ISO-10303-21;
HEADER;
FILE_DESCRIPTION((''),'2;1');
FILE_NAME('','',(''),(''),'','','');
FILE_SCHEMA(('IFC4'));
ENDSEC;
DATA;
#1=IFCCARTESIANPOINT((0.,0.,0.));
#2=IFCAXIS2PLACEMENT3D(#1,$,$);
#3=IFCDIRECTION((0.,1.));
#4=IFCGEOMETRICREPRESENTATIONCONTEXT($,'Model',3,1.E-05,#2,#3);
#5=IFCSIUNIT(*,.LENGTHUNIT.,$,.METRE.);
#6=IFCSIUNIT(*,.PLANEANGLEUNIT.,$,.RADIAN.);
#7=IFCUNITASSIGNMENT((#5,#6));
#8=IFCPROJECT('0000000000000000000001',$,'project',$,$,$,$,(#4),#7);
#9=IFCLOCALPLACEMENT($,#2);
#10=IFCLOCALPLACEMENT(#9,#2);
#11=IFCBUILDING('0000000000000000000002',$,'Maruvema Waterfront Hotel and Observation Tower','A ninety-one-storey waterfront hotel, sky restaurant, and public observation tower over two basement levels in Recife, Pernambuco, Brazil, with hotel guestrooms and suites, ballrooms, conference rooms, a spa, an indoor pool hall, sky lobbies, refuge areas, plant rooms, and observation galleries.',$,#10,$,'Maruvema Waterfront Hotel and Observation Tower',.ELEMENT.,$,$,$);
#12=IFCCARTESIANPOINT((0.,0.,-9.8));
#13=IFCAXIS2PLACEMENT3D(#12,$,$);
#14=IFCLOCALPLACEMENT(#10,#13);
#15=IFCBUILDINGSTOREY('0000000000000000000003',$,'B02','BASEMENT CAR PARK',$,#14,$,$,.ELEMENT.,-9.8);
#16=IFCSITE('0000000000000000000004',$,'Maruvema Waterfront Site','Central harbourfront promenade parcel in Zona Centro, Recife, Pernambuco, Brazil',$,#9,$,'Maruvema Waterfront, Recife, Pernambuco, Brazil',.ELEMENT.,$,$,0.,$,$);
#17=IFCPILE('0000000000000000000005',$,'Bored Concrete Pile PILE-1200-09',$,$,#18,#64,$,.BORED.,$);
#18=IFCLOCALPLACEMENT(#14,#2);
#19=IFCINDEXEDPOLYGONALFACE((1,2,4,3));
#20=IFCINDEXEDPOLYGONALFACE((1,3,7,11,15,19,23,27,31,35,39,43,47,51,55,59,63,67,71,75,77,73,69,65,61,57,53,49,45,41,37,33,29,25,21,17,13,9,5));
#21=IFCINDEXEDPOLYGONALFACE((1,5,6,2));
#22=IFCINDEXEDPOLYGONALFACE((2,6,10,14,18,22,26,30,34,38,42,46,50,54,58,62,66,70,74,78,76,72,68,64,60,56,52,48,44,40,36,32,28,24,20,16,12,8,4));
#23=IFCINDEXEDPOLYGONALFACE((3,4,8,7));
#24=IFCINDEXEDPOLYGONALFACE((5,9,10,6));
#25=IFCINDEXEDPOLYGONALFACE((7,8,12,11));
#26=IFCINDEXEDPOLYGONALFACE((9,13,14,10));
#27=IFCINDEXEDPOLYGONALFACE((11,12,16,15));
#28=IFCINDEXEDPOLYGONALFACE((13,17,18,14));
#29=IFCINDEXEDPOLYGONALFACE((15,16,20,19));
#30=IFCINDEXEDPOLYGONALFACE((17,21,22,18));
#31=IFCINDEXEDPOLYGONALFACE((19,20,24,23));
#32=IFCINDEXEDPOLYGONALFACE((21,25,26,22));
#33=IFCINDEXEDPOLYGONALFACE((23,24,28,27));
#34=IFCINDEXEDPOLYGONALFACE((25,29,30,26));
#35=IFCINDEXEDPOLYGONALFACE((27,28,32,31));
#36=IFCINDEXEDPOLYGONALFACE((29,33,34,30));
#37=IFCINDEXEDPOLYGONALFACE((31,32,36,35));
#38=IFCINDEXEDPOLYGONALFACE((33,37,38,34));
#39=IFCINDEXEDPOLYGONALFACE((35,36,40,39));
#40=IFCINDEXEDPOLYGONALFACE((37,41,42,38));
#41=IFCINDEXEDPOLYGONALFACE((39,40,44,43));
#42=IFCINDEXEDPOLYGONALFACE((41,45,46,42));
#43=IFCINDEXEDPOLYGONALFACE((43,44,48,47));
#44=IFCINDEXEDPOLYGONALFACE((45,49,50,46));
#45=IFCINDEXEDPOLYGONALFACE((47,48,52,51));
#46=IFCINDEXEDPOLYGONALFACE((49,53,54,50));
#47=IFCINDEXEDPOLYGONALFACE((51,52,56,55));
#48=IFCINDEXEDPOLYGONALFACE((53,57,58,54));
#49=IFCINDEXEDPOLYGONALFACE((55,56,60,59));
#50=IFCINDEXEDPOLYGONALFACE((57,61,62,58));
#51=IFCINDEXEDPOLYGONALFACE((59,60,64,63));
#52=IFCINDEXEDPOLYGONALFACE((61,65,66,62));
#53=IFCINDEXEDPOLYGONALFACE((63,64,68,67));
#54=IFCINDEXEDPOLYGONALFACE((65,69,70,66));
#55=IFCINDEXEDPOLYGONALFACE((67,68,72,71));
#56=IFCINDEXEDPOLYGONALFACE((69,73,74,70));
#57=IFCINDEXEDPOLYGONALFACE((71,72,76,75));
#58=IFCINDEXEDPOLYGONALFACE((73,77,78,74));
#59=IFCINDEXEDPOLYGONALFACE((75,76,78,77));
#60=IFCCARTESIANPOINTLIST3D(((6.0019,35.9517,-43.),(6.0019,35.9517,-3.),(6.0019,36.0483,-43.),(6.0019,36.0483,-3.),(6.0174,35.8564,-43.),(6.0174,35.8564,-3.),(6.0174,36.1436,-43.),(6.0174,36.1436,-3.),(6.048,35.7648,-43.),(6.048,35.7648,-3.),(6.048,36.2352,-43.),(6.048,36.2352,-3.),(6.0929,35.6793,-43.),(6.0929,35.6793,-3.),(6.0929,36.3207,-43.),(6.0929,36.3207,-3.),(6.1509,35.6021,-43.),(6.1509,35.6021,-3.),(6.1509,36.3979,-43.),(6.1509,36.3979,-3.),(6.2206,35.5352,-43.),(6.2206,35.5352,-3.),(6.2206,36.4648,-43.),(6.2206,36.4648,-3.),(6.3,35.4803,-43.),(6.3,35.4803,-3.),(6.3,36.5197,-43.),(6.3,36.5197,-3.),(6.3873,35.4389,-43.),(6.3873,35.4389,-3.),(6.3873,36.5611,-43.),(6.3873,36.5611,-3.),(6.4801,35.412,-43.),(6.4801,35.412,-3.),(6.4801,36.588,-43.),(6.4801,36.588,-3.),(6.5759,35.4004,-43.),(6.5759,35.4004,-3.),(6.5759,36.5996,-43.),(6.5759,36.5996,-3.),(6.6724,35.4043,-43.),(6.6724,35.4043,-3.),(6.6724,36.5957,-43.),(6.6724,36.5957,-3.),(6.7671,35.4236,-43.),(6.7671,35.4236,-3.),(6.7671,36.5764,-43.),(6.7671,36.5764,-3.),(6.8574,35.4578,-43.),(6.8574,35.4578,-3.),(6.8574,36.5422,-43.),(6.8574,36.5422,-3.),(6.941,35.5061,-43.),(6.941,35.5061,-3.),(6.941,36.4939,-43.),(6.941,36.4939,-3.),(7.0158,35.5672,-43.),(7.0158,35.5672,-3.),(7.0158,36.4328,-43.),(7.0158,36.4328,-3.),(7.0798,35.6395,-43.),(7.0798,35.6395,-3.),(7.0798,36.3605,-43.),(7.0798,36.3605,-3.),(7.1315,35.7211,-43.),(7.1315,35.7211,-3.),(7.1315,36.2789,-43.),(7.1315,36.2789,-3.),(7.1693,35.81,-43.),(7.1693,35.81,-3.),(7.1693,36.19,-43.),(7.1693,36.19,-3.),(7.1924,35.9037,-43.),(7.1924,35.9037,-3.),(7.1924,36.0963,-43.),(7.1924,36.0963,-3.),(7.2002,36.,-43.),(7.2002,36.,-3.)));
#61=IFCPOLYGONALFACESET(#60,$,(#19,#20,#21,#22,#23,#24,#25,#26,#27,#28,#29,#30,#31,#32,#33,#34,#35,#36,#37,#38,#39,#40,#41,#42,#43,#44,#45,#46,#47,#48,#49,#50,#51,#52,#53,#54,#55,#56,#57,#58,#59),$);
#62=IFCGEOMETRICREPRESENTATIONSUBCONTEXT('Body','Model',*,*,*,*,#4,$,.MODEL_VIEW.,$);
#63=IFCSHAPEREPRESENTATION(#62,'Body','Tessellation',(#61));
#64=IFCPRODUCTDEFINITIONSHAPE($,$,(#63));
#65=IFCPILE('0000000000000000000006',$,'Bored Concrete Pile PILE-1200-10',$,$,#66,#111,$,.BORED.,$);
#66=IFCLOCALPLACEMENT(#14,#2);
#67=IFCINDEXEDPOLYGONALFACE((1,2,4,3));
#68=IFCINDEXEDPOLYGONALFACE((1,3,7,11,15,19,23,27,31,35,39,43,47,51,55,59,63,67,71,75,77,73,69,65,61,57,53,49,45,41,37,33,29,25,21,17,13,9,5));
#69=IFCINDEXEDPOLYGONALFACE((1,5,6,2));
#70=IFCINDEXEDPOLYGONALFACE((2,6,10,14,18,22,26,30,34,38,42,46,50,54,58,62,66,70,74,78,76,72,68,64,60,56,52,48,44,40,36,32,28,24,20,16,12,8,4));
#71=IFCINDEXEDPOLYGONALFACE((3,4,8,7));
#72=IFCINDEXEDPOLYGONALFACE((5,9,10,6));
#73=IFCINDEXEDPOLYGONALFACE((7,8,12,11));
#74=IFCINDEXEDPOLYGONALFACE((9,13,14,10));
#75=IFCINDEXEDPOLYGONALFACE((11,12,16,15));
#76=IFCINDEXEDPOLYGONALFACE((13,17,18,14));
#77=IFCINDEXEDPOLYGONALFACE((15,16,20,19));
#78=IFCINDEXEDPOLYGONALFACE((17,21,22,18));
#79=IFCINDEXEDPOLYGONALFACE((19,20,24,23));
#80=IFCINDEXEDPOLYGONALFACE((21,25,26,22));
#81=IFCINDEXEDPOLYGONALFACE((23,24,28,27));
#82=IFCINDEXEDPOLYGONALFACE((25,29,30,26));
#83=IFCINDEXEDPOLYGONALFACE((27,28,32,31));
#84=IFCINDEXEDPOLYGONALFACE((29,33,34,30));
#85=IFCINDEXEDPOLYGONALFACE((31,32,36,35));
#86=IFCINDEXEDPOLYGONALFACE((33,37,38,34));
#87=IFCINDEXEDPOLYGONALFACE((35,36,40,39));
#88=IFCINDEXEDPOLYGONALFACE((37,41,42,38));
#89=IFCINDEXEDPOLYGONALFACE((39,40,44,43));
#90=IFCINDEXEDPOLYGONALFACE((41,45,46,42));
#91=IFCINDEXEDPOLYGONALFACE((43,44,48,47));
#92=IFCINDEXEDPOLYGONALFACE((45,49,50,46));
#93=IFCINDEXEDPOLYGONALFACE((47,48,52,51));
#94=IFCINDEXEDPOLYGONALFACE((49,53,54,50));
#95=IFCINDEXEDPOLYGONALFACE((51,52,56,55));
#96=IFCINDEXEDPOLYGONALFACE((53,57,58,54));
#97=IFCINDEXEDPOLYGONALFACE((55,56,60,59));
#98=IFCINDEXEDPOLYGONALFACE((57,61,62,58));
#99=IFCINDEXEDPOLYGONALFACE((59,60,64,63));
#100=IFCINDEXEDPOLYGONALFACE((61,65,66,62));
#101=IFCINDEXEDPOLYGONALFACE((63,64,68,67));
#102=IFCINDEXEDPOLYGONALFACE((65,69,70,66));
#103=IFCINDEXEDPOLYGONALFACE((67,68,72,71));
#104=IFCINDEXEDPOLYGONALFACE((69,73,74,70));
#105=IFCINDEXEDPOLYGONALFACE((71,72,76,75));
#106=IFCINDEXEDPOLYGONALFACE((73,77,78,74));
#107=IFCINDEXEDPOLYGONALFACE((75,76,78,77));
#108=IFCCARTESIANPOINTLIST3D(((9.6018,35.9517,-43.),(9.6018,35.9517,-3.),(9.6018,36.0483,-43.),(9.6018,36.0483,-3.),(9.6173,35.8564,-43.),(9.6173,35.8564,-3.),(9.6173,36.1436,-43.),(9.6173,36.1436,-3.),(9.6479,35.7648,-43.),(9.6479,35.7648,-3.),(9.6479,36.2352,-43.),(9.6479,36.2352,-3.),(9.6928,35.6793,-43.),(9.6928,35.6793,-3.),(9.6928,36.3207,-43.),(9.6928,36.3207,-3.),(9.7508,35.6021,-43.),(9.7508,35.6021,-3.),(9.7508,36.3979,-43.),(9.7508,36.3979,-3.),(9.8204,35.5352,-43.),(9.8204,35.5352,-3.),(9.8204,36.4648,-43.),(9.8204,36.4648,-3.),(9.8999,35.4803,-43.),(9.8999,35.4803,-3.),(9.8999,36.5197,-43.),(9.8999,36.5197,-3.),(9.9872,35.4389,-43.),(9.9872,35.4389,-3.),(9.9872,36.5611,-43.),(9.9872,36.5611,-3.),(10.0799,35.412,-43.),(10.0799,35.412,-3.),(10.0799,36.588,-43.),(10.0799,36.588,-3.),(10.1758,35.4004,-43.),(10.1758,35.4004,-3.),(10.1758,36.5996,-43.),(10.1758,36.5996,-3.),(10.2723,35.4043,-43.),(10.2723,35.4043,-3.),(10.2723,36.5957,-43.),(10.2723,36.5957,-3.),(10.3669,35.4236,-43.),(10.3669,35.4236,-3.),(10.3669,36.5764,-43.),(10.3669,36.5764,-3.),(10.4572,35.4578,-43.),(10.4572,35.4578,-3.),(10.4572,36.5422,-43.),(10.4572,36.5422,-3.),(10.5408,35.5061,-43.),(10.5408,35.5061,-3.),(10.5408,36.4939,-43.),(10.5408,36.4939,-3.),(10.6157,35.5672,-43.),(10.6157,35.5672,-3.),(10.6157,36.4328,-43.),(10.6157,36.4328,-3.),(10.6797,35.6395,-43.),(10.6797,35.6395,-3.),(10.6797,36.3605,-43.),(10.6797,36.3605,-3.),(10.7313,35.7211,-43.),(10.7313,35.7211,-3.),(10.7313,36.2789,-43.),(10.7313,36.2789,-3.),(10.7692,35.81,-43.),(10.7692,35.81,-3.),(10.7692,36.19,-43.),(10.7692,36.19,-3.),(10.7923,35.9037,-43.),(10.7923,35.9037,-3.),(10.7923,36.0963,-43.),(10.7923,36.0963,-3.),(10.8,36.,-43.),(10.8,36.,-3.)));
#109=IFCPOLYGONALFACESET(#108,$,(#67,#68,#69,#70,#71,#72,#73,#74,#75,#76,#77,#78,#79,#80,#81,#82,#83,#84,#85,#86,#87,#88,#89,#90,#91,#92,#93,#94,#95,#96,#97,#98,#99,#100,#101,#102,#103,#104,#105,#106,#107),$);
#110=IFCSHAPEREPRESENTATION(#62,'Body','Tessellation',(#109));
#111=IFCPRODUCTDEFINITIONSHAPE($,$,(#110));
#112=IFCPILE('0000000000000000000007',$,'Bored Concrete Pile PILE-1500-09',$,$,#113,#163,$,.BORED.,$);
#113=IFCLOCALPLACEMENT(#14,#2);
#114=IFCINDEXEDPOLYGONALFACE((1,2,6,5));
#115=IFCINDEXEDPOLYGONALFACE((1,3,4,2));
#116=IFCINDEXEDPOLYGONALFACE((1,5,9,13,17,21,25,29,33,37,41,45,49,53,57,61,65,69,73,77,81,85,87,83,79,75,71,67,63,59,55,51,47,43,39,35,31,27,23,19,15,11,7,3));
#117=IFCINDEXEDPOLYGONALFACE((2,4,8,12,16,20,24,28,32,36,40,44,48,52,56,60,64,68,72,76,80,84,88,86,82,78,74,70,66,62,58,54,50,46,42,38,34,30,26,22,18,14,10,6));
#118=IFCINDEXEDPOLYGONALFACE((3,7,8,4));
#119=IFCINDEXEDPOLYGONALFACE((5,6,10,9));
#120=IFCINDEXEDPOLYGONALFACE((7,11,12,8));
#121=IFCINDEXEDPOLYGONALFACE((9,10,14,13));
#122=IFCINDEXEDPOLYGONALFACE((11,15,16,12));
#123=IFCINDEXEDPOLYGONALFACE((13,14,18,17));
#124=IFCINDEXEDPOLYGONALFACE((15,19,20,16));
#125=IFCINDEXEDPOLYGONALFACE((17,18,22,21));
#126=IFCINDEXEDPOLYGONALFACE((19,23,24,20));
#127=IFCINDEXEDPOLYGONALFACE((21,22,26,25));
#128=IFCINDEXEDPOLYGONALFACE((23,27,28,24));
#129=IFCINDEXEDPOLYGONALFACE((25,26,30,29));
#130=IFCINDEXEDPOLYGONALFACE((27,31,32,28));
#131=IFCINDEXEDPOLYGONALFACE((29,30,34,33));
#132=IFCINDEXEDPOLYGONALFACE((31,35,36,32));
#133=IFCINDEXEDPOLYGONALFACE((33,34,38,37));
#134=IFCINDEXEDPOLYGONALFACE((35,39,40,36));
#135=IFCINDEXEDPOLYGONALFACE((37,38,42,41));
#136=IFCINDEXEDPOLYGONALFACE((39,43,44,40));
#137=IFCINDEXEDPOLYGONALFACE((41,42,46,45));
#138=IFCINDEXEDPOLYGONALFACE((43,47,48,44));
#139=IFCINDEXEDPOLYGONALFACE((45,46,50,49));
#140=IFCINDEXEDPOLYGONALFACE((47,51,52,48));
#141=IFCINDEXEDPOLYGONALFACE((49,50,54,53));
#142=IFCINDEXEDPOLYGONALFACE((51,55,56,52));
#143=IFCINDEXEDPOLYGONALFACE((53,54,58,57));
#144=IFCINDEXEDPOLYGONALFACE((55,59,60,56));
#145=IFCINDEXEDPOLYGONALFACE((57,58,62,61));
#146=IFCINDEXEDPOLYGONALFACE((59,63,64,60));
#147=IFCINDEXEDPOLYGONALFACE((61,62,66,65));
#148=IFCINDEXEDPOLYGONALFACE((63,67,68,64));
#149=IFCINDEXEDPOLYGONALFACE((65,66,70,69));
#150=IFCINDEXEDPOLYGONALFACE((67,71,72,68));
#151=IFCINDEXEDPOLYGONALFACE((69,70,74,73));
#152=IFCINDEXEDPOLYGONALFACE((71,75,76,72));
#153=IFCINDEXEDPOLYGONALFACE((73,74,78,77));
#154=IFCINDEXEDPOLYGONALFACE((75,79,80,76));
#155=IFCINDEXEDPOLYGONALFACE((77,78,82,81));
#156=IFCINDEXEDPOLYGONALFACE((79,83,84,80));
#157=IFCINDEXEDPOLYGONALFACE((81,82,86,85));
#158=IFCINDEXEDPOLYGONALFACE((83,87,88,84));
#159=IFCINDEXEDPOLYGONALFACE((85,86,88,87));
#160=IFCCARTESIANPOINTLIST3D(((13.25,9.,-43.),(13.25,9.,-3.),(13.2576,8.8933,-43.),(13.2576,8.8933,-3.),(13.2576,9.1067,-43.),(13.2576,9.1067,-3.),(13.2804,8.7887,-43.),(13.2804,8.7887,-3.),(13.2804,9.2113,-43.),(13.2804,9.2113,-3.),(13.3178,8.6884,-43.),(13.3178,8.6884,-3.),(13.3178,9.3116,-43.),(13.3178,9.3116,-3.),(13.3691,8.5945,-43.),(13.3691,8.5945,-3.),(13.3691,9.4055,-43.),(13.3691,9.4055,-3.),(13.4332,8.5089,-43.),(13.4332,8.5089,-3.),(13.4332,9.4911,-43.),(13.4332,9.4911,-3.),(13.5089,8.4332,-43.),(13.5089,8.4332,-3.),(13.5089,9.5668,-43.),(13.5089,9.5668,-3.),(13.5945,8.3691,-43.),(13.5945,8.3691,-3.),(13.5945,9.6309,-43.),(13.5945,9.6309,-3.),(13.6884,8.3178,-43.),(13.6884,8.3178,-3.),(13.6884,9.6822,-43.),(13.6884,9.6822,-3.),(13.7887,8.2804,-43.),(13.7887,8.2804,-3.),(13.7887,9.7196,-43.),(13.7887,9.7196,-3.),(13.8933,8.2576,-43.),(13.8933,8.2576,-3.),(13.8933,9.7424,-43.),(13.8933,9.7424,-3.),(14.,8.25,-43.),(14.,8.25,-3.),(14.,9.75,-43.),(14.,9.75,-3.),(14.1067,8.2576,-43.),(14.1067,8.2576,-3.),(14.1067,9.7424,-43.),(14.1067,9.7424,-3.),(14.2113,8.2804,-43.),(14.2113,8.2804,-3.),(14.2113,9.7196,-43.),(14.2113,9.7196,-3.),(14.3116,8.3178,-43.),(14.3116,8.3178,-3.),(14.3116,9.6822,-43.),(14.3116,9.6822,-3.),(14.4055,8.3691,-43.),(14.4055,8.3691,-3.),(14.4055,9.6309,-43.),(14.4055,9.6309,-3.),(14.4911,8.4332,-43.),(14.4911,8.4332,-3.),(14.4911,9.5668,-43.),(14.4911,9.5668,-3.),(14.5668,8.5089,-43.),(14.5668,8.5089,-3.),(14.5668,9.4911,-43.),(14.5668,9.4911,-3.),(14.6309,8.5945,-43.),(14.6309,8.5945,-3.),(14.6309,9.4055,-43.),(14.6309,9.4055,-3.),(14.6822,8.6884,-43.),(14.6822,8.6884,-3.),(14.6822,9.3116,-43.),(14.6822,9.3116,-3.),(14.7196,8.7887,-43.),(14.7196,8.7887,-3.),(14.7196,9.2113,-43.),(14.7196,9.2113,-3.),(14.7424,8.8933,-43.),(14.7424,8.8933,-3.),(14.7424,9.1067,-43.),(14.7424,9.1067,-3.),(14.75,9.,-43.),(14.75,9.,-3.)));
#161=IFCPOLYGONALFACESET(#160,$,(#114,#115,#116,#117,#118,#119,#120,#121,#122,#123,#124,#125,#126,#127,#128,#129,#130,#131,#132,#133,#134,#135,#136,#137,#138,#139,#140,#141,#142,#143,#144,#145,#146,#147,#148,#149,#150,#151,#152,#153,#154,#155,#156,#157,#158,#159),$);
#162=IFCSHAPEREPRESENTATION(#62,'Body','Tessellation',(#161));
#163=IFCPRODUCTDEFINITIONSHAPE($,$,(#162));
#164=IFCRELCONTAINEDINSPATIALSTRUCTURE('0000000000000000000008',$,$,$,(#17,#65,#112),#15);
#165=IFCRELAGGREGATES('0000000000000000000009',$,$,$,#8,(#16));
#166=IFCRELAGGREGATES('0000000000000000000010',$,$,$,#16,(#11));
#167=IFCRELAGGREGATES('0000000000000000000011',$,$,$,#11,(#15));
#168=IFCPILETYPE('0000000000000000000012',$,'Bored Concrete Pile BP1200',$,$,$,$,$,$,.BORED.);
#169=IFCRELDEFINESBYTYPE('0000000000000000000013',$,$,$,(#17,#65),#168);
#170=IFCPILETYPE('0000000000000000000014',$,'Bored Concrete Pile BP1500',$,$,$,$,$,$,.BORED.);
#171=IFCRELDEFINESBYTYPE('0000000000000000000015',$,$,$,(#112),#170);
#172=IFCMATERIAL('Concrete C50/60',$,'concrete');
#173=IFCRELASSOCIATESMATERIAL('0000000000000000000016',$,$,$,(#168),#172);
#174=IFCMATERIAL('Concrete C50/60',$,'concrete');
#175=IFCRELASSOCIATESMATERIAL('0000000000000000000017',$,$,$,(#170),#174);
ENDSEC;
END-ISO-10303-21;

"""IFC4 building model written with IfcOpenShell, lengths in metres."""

from ifc_helpers import new_model, si_unit, direction, frame, origin, origin_2d, place, context, subcontext, project, spatial, circle, extrude, material, material_profile, profile_set, type_object, element, save


model = new_model("IFC4")

# Units and contexts
model_context = context("Model", 3, precision=1e-05, world=origin(), true_north=direction((0.0, 1.0)))
body_context = subcontext(model_context, "Body", "Model", "MODEL_VIEW")
ifc_project = project(units=[si_unit("LENGTHUNIT", "METRE"), si_unit("PLANEANGLEUNIT", "RADIAN")], contexts=[model_context])

# Site, building, storey
site_placement = place(None, origin())
site = spatial("IfcSite", under=ifc_project, at=site_placement, Name="Maruvema Waterfront Site", Description="Central harbourfront promenade parcel in Zona Centro, Recife, Pernambuco, Brazil", LongName="Maruvema Waterfront, Recife, Pernambuco, Brazil", CompositionType="ELEMENT", RefElevation=0.0)
building_placement = place(site_placement, origin())
building = spatial("IfcBuilding", under=site, at=building_placement, Name="Maruvema Waterfront Hotel and Observation Tower", Description="A ninety-one-storey waterfront hotel, sky restaurant, and public observation tower over two basement levels in Recife, Pernambuco, Brazil, with hotel guestrooms and suites, ballrooms, conference rooms, a spa, an indoor pool hall, sky lobbies, refuge areas, plant rooms, and observation galleries.", LongName="Maruvema Waterfront Hotel and Observation Tower", CompositionType="ELEMENT")
storey_placement = place(building_placement, frame((0.0, 0.0, -9.8)))
storey = spatial("IfcBuildingStorey", under=building, at=storey_placement, Name="B02", Description="BASEMENT CAR PARK", CompositionType="ELEMENT", Elevation=-9.8)

# Piles
ifc_material_1 = material(Name="Concrete C50/60", Category="concrete")
ifc_material_profile_1 = material_profile(ifc_material_1, circle(Radius=0.6001, at=origin_2d()), Name="BP1200")
ifc_profile_set_1 = profile_set([ifc_material_profile_1], Name="Concrete C50/60")
pile_type_1 = type_object("IfcPileType", Name="Bored Concrete Pile BP1200", PredefinedType="BORED", material=ifc_profile_set_1)
for number, where, z_axis, x_axis, name in (
    (1, (6.6001, 36.0, -3.0), (0.0, 0.0, -1.0), (1.0, 0.0, 0.0), "Bored Concrete Pile PILE-1200-09"),
    (2, (10.2, 36.0, -3.0), (0.0, 0.0, -1.0), (1.0, 0.0, 0.0), "Bored Concrete Pile PILE-1200-10"),
):
    element("IfcPile", number, at=place(storey_placement, frame(where, z_axis=z_axis, x_axis=x_axis)), inside=storey, type_object=pile_type_1, Name=name, PredefinedType="BORED", context=body_context, shape_type="SweptSolid", body=[
        extrude(circle(Radius=0.6001, at=origin_2d()), origin(), (0.0, 0.0, 1.0), 40.0),
    ])
ifc_material_2 = material(Name="Concrete C50/60", Category="concrete")
ifc_material_profile_2 = material_profile(ifc_material_2, circle(Radius=0.75, at=origin_2d()), Name="BP1500")
ifc_profile_set_2 = profile_set([ifc_material_profile_2], Name="Concrete C50/60")
pile_type_2 = type_object("IfcPileType", Name="Bored Concrete Pile BP1500", PredefinedType="BORED", material=ifc_profile_set_2)
for number, where, z_axis, x_axis, name in (
    (3, (14.0, 9.0, -3.0), (0.0, 0.0, -1.0), (1.0, 0.0, 0.0), "Bored Concrete Pile PILE-1500-09"),
):
    element("IfcPile", number, at=place(storey_placement, frame(where, z_axis=z_axis, x_axis=x_axis)), inside=storey, type_object=pile_type_2, Name=name, PredefinedType="BORED", context=body_context, shape_type="SweptSolid", body=[
        extrude(circle(Radius=0.75, at=origin_2d()), origin(), (0.0, 0.0, 1.0), 40.0),
    ])

save(model, "model.ifc")
